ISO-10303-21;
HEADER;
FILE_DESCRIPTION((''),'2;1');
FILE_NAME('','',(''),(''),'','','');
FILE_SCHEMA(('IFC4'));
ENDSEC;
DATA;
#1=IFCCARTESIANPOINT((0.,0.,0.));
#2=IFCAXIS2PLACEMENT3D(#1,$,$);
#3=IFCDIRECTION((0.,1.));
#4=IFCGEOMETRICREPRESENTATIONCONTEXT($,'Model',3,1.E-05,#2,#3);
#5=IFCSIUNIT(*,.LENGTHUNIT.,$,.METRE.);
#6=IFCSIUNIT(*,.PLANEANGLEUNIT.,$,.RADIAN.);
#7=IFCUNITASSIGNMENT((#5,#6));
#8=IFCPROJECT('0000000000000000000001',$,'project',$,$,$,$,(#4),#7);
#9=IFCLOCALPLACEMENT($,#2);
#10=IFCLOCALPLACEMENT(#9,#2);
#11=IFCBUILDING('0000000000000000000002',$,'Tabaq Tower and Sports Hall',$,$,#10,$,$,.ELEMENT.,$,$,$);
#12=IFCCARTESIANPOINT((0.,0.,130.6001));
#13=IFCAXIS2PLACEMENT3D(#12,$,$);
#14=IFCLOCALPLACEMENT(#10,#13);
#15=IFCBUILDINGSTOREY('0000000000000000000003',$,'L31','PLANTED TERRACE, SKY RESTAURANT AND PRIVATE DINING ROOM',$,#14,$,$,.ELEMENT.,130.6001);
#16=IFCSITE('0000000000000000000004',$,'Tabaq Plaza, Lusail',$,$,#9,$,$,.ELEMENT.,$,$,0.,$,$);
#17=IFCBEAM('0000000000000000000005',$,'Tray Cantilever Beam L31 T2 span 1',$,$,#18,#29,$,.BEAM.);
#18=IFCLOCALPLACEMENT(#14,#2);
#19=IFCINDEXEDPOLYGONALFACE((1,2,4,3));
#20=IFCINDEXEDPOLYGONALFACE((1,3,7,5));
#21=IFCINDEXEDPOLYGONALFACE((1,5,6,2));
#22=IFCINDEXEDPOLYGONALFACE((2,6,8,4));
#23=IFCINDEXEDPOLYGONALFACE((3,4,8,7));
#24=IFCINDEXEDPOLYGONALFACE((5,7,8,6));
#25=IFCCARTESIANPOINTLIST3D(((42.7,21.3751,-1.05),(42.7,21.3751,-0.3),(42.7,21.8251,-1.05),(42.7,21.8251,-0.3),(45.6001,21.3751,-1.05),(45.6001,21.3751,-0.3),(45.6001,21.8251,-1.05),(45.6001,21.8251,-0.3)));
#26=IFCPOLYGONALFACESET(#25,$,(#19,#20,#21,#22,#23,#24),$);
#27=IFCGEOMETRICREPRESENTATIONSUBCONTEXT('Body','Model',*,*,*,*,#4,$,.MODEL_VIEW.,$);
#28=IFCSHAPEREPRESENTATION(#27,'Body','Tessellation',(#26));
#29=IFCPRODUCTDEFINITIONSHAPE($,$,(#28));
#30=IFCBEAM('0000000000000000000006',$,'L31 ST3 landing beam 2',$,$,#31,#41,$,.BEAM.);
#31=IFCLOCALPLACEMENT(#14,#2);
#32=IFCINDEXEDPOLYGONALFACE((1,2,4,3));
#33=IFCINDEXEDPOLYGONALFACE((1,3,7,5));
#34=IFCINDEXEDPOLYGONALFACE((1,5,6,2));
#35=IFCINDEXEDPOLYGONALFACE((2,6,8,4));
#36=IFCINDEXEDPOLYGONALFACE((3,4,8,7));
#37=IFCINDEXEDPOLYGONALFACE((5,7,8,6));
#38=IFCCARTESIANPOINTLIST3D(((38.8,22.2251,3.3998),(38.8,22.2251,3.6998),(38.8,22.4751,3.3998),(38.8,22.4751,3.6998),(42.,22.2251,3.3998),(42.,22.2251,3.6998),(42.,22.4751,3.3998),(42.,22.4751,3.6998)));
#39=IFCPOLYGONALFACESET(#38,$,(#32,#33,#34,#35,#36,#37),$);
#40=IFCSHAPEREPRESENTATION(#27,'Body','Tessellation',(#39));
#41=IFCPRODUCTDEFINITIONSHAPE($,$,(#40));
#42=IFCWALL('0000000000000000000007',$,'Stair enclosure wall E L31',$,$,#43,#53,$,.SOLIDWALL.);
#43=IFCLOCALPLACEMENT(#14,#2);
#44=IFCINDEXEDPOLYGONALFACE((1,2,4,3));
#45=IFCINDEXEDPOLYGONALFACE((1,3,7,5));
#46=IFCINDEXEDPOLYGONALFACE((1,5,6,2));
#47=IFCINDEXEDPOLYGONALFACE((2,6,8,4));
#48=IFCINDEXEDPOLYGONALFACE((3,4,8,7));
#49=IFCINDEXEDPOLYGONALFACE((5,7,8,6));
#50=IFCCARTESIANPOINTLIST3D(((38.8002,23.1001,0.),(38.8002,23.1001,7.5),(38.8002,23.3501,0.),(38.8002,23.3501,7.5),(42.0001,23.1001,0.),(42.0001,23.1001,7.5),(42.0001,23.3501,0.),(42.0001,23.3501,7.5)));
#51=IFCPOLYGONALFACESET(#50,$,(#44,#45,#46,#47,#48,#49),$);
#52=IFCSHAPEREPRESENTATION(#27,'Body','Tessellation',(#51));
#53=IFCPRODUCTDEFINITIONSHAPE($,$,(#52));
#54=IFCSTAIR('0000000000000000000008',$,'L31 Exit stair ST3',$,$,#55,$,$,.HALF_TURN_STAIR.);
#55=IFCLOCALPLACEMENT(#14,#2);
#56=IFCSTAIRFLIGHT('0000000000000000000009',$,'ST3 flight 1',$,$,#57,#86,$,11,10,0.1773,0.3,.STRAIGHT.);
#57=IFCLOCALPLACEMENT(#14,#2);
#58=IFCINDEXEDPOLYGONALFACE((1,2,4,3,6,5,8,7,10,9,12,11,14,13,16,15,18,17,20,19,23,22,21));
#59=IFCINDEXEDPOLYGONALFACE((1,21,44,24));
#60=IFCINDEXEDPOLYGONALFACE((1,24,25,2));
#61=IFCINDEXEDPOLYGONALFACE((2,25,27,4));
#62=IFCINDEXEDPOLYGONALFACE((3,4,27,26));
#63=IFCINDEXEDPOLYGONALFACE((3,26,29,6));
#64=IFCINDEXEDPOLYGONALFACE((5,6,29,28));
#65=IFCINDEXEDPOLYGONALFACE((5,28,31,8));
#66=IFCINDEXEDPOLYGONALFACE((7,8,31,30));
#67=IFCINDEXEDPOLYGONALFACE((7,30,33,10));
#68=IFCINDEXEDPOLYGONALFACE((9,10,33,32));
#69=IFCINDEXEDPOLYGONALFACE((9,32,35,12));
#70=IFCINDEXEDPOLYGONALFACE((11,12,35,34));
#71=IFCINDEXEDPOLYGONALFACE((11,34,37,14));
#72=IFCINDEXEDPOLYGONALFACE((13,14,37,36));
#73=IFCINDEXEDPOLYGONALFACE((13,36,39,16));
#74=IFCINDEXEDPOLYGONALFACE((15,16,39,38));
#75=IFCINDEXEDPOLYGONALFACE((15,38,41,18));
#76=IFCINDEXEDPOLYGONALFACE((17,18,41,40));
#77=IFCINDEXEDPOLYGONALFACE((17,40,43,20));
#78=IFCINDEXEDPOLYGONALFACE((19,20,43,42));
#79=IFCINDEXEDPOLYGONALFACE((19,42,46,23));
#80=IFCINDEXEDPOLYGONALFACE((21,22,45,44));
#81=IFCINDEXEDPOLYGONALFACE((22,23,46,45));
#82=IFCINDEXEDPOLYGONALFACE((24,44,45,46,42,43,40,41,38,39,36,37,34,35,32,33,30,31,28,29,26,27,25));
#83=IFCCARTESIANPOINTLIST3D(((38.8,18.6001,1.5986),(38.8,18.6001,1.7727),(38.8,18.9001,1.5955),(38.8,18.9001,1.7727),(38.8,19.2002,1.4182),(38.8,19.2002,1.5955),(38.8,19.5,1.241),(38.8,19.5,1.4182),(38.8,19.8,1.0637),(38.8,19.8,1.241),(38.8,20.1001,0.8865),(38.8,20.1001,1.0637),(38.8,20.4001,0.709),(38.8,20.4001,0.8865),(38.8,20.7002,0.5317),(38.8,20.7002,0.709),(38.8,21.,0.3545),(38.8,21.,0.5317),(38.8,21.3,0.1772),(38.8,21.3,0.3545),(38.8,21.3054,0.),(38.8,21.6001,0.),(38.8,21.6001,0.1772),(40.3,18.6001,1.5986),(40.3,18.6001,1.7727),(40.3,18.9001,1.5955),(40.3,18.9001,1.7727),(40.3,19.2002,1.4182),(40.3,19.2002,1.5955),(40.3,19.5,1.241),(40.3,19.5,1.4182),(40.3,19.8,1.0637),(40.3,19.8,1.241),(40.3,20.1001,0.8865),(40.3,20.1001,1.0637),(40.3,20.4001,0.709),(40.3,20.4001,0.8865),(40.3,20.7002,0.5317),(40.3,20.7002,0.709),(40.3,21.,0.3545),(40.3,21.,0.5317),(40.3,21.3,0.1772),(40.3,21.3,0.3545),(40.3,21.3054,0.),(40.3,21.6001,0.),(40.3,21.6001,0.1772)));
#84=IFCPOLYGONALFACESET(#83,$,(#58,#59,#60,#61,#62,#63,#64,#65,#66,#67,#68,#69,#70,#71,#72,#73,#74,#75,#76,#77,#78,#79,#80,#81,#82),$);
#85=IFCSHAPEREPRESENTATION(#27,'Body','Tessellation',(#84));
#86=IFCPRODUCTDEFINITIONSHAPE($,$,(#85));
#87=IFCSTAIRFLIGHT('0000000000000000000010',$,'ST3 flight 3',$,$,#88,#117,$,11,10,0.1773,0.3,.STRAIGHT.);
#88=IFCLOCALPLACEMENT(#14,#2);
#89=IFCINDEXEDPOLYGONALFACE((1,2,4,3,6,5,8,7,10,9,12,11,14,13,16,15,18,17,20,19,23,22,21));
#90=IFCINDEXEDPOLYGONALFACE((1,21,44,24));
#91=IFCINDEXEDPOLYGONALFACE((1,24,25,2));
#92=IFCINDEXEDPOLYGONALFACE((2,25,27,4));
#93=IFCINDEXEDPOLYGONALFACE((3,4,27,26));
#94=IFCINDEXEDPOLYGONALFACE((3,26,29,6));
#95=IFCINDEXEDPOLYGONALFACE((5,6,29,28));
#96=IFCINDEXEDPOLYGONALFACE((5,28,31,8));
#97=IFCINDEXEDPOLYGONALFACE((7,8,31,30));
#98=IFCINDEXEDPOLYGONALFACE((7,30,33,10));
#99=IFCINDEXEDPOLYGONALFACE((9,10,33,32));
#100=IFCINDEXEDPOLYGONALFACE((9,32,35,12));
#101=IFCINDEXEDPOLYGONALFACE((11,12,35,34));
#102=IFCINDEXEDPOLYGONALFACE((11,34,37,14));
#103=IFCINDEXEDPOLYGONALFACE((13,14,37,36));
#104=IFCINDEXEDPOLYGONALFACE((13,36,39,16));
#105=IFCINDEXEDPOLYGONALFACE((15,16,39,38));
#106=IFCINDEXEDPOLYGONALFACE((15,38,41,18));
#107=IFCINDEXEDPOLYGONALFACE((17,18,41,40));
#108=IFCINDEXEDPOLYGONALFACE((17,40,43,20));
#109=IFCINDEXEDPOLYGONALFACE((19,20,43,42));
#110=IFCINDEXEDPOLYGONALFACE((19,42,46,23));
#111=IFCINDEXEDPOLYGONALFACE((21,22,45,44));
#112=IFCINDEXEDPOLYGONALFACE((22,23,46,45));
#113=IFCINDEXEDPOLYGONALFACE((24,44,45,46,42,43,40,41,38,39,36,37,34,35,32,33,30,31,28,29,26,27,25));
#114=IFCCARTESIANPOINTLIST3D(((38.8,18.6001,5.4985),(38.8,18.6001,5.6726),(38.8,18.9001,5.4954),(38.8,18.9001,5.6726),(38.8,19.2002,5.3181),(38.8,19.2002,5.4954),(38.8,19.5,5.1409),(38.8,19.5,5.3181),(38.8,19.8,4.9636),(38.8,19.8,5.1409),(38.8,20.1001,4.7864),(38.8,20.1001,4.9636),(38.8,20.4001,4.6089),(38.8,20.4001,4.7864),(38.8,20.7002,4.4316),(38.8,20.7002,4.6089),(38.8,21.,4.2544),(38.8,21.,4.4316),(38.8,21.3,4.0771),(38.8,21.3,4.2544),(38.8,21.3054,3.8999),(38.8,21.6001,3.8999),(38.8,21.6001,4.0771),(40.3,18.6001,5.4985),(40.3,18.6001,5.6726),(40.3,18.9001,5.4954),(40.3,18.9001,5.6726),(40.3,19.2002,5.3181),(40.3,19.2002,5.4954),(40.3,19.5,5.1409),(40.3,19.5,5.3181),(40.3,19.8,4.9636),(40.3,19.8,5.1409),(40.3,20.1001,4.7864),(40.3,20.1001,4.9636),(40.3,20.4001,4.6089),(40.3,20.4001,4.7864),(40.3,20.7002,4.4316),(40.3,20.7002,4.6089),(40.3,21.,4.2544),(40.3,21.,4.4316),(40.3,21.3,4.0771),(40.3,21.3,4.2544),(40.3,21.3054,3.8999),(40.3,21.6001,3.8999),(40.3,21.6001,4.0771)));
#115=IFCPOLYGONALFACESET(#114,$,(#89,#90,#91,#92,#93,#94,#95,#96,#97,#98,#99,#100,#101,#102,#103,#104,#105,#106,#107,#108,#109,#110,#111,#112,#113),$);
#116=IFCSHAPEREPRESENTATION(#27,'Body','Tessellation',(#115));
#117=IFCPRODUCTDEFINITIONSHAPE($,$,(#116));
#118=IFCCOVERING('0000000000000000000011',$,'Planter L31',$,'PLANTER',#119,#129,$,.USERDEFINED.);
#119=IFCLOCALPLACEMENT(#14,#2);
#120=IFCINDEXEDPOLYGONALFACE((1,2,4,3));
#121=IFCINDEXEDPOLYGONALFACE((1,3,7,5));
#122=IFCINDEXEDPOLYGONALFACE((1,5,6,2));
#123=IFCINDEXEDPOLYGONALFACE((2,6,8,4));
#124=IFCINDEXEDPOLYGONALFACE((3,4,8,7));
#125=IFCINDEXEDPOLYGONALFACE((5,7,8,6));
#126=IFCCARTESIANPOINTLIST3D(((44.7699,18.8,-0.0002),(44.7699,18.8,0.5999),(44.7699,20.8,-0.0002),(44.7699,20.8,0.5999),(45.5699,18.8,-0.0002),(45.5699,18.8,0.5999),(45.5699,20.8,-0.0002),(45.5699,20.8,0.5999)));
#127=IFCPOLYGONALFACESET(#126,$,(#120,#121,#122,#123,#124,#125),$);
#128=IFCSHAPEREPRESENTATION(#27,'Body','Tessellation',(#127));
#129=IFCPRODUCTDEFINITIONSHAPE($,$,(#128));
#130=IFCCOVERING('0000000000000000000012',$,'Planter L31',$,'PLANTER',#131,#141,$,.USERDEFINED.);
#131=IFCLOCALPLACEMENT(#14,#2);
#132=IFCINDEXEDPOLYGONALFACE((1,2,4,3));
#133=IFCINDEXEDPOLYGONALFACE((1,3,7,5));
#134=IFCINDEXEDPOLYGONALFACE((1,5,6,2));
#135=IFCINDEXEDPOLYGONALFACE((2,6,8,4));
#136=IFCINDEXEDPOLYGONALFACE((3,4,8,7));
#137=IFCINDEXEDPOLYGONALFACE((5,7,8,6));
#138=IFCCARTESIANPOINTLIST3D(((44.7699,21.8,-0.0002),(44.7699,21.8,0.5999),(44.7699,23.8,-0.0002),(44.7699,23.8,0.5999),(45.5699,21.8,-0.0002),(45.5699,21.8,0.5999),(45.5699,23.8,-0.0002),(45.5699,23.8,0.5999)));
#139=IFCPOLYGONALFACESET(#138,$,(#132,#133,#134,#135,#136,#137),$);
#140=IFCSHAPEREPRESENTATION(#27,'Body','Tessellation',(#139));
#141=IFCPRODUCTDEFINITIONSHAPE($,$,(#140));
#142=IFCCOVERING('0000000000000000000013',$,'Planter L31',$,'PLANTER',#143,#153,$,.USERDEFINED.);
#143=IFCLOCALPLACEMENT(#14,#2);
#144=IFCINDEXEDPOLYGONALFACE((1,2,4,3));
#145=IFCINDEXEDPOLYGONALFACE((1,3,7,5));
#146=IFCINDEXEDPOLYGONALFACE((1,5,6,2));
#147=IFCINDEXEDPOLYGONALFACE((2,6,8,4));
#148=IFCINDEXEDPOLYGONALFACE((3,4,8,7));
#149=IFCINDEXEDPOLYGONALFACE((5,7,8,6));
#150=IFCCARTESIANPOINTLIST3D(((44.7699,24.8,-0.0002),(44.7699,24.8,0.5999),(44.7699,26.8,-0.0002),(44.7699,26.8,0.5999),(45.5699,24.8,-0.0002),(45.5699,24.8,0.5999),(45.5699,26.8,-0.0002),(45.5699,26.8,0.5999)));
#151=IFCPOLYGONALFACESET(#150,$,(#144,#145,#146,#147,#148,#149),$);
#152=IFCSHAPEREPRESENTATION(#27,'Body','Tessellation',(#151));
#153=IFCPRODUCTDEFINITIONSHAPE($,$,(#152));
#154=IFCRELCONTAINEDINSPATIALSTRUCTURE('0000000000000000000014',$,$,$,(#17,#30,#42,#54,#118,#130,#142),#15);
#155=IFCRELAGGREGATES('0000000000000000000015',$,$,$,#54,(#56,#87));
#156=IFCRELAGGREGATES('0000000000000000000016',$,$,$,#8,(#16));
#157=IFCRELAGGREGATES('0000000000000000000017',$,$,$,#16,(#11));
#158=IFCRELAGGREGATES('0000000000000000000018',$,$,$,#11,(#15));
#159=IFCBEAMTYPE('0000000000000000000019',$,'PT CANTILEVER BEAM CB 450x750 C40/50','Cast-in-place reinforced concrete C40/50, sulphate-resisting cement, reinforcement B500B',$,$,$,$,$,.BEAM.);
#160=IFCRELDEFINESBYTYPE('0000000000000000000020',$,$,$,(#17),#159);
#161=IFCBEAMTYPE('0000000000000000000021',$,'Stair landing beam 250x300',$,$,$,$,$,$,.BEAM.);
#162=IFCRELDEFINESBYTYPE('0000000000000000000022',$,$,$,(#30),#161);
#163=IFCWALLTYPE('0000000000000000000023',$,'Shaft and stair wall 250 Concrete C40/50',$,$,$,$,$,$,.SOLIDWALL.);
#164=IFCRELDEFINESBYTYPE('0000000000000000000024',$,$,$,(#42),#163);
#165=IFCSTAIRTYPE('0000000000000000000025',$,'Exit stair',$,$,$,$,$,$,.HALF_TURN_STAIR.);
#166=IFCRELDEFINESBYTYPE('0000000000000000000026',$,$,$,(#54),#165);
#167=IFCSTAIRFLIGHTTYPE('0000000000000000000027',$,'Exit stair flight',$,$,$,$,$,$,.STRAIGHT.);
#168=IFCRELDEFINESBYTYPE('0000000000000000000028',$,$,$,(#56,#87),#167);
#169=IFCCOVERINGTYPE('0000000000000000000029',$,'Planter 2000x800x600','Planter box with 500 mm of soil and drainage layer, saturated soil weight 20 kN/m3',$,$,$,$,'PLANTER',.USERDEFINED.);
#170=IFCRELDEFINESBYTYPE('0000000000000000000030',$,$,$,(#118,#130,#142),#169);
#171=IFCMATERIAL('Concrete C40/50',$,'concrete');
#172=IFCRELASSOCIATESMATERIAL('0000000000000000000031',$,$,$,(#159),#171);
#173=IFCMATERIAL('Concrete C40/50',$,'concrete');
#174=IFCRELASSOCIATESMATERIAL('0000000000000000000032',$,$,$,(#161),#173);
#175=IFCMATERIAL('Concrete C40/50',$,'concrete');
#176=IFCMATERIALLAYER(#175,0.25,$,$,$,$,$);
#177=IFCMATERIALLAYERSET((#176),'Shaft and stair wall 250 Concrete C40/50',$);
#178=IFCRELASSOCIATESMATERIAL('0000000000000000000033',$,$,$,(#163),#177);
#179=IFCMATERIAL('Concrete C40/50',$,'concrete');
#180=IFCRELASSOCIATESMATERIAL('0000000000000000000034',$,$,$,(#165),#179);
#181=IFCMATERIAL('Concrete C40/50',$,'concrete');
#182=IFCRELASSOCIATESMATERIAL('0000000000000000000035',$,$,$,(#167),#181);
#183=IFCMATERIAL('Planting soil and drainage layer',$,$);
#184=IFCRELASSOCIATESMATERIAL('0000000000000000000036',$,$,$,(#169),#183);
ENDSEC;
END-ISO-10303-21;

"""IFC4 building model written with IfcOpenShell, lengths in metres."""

from ifc_helpers import new_model, si_unit, direction, frame, frame_2d, origin, origin_2d, place, context, subcontext, project, spatial, polyline, rectangle, outline, extrude, material, layer, layer_set, material_profile, profile_set, type_object, element, aggregate, save


model = new_model("IFC4")

# Units and contexts
model_context = context("Model", 3, precision=1e-05, world=origin(), true_north=direction((0.0, 1.0)))
body_context = subcontext(model_context, "Body", "Model", "MODEL_VIEW")
ifc_project = project(units=[si_unit("LENGTHUNIT", "METRE"), si_unit("PLANEANGLEUNIT", "RADIAN")], contexts=[model_context])

# Site, building, storey
site_placement = place(None, origin())
site = spatial("IfcSite", under=ifc_project, at=site_placement, Name="Tabaq Plaza, Lusail", CompositionType="ELEMENT", RefElevation=0.0)
building_placement = place(site_placement, origin())
building = spatial("IfcBuilding", under=site, at=building_placement, Name="Tabaq Tower and Sports Hall", CompositionType="ELEMENT")
storey_placement = place(building_placement, frame((0.0, 0.0, 130.6001)))
storey = spatial("IfcBuildingStorey", under=building, at=storey_placement, Name="L31", Description="PLANTED TERRACE, SKY RESTAURANT AND PRIVATE DINING ROOM", CompositionType="ELEMENT", Elevation=130.6001)

# Beams
ifc_material_1 = material(Name="Concrete C40/50", Category="concrete")
ifc_material_profile_1 = material_profile(ifc_material_1, rectangle(XDim=0.45, YDim=0.75, at=origin_2d()), Name="CB 450x750")
ifc_profile_set_1 = profile_set([ifc_material_profile_1], Name="Concrete C40/50")
beam_type_1 = type_object("IfcBeamType", Name="PT CANTILEVER BEAM CB 450x750 C40/50", Description="Cast-in-place reinforced concrete C40/50, sulphate-resisting cement, reinforcement B500B", PredefinedType="BEAM", material=ifc_profile_set_1)
beam_1_placement = place(storey_placement, frame((45.6001, 21.6001, -0.675), z_axis=(-1.0, 0.0, 0.0), x_axis=(0.0, -1.0, 0.0)))
element("IfcBeam", 1, at=beam_1_placement, inside=storey, type_object=beam_type_1, Name="Tray Cantilever Beam L31 T2 span 1", PredefinedType="BEAM", context=body_context, shape_type="SweptSolid", body=[
    extrude(rectangle(XDim=0.45, YDim=0.75, at=origin_2d()), origin(), (0.0, 0.0, 1.0), 2.9001),
])
ifc_material_2 = material(Name="Concrete C40/50", Category="concrete")
ifc_material_profile_2 = material_profile(ifc_material_2, rectangle(XDim=0.25, YDim=0.3, at=origin_2d()), Name="RC 250x300")
ifc_profile_set_2 = profile_set([ifc_material_profile_2], Name="Concrete C40/50")
beam_type_2 = type_object("IfcBeamType", Name="Stair landing beam 250x300", PredefinedType="BEAM", material=ifc_profile_set_2)
beam_2_placement = place(storey_placement, frame((38.8, 22.3501, 3.5498), z_axis=(1.0, 0.0, 0.0), x_axis=(0.0, 1.0, 0.0)))
element("IfcBeam", 2, at=beam_2_placement, inside=storey, type_object=beam_type_2, Name="L31 ST3 landing beam 2", PredefinedType="BEAM", context=body_context, shape_type="SweptSolid", body=[
    extrude(rectangle(XDim=0.25, YDim=0.3, at=origin_2d()), origin(), (0.0, 0.0, 1.0), 3.2),
])

# Wall
ifc_material_3 = material(Name="Concrete C40/50", Category="concrete")
ifc_layer = layer(ifc_material_3, 0.25)
ifc_layer_set = layer_set([ifc_layer], Name="Shaft and stair wall 250 Concrete C40/50")
wall_type = type_object("IfcWallType", Name="Shaft and stair wall 250 Concrete C40/50", PredefinedType="SOLIDWALL", material=ifc_layer_set)
wall_placement = place(storey_placement, frame((38.8, 23.2251, 0.0), z_axis=(0.0, 0.0, 1.0), x_axis=(1.0, 0.0, 0.0)))
element("IfcWall", 3, at=wall_placement, inside=storey, type_object=wall_type, Name="Stair enclosure wall E L31", PredefinedType="SOLIDWALL", context=body_context, shape_type="SweptSolid", body=[
    extrude(rectangle(XDim=3.2, YDim=0.25, at=frame_2d((1.6001, 0.0))), origin(), (0.0, 0.0, 1.0), 7.5),
])

# Stair, stair flights
ifc_material_4 = material(Name="Concrete C40/50", Category="concrete")
stair_type = type_object("IfcStairType", Name="Exit stair", PredefinedType="HALF_TURN_STAIR", material=ifc_material_4)
stair_placement = place(storey_placement, origin())
stair = element("IfcStair", 4, at=stair_placement, inside=storey, type_object=stair_type, Name="L31 Exit stair ST3", PredefinedType="HALF_TURN_STAIR")
ifc_material_5 = material(Name="Concrete C40/50", Category="concrete")
stair_flight_type = type_object("IfcStairFlightType", Name="Exit stair flight", PredefinedType="STRAIGHT", material=ifc_material_5)
stair_flight_1_placement = place(storey_placement, frame((39.55, 21.6001, 0.0), z_axis=(0.0, 0.0, 1.0), x_axis=(0.0, -1.0, 0.0)))
stair_flight_1 = element("IfcStairFlight", 5, at=stair_flight_1_placement, type_object=stair_flight_type, Name="ST3 flight 1", NumberOfRisers=11, NumberOfTreads=10, PredefinedType="STRAIGHT", RiserHeight=0.1773, TreadLength=0.3, context=body_context, shape_type="SweptSolid", body=[
    extrude(outline(polyline([(0.0, 0.0), (0.0, 0.1772), (0.3, 0.1772), (0.3, 0.3545), (0.6001, 0.3545), (0.6001, 0.5317), (0.8999, 0.5317), (0.8999, 0.709), (1.2, 0.709), (1.2, 0.8865), (1.5, 0.8865), (1.5, 1.0637), (1.8, 1.0637), (1.8, 1.241), (2.1001, 1.241), (2.1001, 1.4182), (2.3999, 1.4182), (2.3999, 1.5955), (2.7, 1.5955), (2.7, 1.7727), (3.0, 1.7727), (3.0, 1.95), (3.0, 1.5986), (0.2947, 0.0), (0.0, 0.0)])), frame((0.0, 0.75, 0.0), z_axis=(0.0, -1.0, 0.0), x_axis=(1.0, 0.0, 0.0)), (0.0, 0.0, 1.0), 1.5),
])
stair_flight_2_placement = place(storey_placement, frame((39.55, 21.6001, 3.8999), z_axis=(0.0, 0.0, 1.0), x_axis=(0.0, -1.0, 0.0)))
stair_flight_2 = element("IfcStairFlight", 6, at=stair_flight_2_placement, type_object=stair_flight_type, Name="ST3 flight 3", NumberOfRisers=11, NumberOfTreads=10, PredefinedType="STRAIGHT", RiserHeight=0.1773, TreadLength=0.3, context=body_context, shape_type="SweptSolid", body=[
    extrude(outline(polyline([(0.0, 0.0), (0.0, 0.1772), (0.3, 0.1772), (0.3, 0.3545), (0.6001, 0.3545), (0.6001, 0.5317), (0.8999, 0.5317), (0.8999, 0.709), (1.2, 0.709), (1.2, 0.8865), (1.5, 0.8865), (1.5, 1.0637), (1.8, 1.0637), (1.8, 1.241), (2.1001, 1.241), (2.1001, 1.4182), (2.3999, 1.4182), (2.3999, 1.5955), (2.7, 1.5955), (2.7, 1.7727), (3.0, 1.7727), (3.0, 1.95), (3.0, 1.5986), (0.2947, 0.0), (0.0, 0.0)])), frame((0.0, 0.75, 0.0), z_axis=(0.0, -1.0, 0.0), x_axis=(1.0, 0.0, 0.0)), (0.0, 0.0, 1.0), 1.5),
])
aggregate(stair, [stair_flight_1, stair_flight_2])

# Coverings
ifc_material_6 = material(Name="Planting soil and drainage layer")
covering_type = type_object("IfcCoveringType", Name="Planter 2000x800x600", Description="Planter box with 500 mm of soil and drainage layer, saturated soil weight 20 kN/m3", ElementType="PLANTER", PredefinedType="USERDEFINED", material=ifc_material_6)
for number, where, z_axis, x_axis, name in (
    (7, (45.1699, 19.8, -0.0002), (0.0, 0.0, 1.0), (0.0, 1.0, 0.0), "Planter L31"),
    (8, (45.1699, 22.8, -0.0002), (0.0, 0.0, 1.0), (0.0, 1.0, 0.0), "Planter L31"),
    (9, (45.1699, 25.8, -0.0002), (0.0, 0.0, 1.0), (0.0, 1.0, 0.0), "Planter L31"),
):
    element("IfcCovering", number, at=place(storey_placement, frame(where, z_axis=z_axis, x_axis=x_axis)), inside=storey, type_object=covering_type, Name=name, ObjectType="PLANTER", PredefinedType="USERDEFINED", context=body_context, shape_type="SweptSolid", body=[
        extrude(rectangle(XDim=2.0, YDim=0.8, at=origin_2d()), origin(), (0.0, 0.0, 1.0), 0.6001),
    ])

save(model, "model.ifc")
